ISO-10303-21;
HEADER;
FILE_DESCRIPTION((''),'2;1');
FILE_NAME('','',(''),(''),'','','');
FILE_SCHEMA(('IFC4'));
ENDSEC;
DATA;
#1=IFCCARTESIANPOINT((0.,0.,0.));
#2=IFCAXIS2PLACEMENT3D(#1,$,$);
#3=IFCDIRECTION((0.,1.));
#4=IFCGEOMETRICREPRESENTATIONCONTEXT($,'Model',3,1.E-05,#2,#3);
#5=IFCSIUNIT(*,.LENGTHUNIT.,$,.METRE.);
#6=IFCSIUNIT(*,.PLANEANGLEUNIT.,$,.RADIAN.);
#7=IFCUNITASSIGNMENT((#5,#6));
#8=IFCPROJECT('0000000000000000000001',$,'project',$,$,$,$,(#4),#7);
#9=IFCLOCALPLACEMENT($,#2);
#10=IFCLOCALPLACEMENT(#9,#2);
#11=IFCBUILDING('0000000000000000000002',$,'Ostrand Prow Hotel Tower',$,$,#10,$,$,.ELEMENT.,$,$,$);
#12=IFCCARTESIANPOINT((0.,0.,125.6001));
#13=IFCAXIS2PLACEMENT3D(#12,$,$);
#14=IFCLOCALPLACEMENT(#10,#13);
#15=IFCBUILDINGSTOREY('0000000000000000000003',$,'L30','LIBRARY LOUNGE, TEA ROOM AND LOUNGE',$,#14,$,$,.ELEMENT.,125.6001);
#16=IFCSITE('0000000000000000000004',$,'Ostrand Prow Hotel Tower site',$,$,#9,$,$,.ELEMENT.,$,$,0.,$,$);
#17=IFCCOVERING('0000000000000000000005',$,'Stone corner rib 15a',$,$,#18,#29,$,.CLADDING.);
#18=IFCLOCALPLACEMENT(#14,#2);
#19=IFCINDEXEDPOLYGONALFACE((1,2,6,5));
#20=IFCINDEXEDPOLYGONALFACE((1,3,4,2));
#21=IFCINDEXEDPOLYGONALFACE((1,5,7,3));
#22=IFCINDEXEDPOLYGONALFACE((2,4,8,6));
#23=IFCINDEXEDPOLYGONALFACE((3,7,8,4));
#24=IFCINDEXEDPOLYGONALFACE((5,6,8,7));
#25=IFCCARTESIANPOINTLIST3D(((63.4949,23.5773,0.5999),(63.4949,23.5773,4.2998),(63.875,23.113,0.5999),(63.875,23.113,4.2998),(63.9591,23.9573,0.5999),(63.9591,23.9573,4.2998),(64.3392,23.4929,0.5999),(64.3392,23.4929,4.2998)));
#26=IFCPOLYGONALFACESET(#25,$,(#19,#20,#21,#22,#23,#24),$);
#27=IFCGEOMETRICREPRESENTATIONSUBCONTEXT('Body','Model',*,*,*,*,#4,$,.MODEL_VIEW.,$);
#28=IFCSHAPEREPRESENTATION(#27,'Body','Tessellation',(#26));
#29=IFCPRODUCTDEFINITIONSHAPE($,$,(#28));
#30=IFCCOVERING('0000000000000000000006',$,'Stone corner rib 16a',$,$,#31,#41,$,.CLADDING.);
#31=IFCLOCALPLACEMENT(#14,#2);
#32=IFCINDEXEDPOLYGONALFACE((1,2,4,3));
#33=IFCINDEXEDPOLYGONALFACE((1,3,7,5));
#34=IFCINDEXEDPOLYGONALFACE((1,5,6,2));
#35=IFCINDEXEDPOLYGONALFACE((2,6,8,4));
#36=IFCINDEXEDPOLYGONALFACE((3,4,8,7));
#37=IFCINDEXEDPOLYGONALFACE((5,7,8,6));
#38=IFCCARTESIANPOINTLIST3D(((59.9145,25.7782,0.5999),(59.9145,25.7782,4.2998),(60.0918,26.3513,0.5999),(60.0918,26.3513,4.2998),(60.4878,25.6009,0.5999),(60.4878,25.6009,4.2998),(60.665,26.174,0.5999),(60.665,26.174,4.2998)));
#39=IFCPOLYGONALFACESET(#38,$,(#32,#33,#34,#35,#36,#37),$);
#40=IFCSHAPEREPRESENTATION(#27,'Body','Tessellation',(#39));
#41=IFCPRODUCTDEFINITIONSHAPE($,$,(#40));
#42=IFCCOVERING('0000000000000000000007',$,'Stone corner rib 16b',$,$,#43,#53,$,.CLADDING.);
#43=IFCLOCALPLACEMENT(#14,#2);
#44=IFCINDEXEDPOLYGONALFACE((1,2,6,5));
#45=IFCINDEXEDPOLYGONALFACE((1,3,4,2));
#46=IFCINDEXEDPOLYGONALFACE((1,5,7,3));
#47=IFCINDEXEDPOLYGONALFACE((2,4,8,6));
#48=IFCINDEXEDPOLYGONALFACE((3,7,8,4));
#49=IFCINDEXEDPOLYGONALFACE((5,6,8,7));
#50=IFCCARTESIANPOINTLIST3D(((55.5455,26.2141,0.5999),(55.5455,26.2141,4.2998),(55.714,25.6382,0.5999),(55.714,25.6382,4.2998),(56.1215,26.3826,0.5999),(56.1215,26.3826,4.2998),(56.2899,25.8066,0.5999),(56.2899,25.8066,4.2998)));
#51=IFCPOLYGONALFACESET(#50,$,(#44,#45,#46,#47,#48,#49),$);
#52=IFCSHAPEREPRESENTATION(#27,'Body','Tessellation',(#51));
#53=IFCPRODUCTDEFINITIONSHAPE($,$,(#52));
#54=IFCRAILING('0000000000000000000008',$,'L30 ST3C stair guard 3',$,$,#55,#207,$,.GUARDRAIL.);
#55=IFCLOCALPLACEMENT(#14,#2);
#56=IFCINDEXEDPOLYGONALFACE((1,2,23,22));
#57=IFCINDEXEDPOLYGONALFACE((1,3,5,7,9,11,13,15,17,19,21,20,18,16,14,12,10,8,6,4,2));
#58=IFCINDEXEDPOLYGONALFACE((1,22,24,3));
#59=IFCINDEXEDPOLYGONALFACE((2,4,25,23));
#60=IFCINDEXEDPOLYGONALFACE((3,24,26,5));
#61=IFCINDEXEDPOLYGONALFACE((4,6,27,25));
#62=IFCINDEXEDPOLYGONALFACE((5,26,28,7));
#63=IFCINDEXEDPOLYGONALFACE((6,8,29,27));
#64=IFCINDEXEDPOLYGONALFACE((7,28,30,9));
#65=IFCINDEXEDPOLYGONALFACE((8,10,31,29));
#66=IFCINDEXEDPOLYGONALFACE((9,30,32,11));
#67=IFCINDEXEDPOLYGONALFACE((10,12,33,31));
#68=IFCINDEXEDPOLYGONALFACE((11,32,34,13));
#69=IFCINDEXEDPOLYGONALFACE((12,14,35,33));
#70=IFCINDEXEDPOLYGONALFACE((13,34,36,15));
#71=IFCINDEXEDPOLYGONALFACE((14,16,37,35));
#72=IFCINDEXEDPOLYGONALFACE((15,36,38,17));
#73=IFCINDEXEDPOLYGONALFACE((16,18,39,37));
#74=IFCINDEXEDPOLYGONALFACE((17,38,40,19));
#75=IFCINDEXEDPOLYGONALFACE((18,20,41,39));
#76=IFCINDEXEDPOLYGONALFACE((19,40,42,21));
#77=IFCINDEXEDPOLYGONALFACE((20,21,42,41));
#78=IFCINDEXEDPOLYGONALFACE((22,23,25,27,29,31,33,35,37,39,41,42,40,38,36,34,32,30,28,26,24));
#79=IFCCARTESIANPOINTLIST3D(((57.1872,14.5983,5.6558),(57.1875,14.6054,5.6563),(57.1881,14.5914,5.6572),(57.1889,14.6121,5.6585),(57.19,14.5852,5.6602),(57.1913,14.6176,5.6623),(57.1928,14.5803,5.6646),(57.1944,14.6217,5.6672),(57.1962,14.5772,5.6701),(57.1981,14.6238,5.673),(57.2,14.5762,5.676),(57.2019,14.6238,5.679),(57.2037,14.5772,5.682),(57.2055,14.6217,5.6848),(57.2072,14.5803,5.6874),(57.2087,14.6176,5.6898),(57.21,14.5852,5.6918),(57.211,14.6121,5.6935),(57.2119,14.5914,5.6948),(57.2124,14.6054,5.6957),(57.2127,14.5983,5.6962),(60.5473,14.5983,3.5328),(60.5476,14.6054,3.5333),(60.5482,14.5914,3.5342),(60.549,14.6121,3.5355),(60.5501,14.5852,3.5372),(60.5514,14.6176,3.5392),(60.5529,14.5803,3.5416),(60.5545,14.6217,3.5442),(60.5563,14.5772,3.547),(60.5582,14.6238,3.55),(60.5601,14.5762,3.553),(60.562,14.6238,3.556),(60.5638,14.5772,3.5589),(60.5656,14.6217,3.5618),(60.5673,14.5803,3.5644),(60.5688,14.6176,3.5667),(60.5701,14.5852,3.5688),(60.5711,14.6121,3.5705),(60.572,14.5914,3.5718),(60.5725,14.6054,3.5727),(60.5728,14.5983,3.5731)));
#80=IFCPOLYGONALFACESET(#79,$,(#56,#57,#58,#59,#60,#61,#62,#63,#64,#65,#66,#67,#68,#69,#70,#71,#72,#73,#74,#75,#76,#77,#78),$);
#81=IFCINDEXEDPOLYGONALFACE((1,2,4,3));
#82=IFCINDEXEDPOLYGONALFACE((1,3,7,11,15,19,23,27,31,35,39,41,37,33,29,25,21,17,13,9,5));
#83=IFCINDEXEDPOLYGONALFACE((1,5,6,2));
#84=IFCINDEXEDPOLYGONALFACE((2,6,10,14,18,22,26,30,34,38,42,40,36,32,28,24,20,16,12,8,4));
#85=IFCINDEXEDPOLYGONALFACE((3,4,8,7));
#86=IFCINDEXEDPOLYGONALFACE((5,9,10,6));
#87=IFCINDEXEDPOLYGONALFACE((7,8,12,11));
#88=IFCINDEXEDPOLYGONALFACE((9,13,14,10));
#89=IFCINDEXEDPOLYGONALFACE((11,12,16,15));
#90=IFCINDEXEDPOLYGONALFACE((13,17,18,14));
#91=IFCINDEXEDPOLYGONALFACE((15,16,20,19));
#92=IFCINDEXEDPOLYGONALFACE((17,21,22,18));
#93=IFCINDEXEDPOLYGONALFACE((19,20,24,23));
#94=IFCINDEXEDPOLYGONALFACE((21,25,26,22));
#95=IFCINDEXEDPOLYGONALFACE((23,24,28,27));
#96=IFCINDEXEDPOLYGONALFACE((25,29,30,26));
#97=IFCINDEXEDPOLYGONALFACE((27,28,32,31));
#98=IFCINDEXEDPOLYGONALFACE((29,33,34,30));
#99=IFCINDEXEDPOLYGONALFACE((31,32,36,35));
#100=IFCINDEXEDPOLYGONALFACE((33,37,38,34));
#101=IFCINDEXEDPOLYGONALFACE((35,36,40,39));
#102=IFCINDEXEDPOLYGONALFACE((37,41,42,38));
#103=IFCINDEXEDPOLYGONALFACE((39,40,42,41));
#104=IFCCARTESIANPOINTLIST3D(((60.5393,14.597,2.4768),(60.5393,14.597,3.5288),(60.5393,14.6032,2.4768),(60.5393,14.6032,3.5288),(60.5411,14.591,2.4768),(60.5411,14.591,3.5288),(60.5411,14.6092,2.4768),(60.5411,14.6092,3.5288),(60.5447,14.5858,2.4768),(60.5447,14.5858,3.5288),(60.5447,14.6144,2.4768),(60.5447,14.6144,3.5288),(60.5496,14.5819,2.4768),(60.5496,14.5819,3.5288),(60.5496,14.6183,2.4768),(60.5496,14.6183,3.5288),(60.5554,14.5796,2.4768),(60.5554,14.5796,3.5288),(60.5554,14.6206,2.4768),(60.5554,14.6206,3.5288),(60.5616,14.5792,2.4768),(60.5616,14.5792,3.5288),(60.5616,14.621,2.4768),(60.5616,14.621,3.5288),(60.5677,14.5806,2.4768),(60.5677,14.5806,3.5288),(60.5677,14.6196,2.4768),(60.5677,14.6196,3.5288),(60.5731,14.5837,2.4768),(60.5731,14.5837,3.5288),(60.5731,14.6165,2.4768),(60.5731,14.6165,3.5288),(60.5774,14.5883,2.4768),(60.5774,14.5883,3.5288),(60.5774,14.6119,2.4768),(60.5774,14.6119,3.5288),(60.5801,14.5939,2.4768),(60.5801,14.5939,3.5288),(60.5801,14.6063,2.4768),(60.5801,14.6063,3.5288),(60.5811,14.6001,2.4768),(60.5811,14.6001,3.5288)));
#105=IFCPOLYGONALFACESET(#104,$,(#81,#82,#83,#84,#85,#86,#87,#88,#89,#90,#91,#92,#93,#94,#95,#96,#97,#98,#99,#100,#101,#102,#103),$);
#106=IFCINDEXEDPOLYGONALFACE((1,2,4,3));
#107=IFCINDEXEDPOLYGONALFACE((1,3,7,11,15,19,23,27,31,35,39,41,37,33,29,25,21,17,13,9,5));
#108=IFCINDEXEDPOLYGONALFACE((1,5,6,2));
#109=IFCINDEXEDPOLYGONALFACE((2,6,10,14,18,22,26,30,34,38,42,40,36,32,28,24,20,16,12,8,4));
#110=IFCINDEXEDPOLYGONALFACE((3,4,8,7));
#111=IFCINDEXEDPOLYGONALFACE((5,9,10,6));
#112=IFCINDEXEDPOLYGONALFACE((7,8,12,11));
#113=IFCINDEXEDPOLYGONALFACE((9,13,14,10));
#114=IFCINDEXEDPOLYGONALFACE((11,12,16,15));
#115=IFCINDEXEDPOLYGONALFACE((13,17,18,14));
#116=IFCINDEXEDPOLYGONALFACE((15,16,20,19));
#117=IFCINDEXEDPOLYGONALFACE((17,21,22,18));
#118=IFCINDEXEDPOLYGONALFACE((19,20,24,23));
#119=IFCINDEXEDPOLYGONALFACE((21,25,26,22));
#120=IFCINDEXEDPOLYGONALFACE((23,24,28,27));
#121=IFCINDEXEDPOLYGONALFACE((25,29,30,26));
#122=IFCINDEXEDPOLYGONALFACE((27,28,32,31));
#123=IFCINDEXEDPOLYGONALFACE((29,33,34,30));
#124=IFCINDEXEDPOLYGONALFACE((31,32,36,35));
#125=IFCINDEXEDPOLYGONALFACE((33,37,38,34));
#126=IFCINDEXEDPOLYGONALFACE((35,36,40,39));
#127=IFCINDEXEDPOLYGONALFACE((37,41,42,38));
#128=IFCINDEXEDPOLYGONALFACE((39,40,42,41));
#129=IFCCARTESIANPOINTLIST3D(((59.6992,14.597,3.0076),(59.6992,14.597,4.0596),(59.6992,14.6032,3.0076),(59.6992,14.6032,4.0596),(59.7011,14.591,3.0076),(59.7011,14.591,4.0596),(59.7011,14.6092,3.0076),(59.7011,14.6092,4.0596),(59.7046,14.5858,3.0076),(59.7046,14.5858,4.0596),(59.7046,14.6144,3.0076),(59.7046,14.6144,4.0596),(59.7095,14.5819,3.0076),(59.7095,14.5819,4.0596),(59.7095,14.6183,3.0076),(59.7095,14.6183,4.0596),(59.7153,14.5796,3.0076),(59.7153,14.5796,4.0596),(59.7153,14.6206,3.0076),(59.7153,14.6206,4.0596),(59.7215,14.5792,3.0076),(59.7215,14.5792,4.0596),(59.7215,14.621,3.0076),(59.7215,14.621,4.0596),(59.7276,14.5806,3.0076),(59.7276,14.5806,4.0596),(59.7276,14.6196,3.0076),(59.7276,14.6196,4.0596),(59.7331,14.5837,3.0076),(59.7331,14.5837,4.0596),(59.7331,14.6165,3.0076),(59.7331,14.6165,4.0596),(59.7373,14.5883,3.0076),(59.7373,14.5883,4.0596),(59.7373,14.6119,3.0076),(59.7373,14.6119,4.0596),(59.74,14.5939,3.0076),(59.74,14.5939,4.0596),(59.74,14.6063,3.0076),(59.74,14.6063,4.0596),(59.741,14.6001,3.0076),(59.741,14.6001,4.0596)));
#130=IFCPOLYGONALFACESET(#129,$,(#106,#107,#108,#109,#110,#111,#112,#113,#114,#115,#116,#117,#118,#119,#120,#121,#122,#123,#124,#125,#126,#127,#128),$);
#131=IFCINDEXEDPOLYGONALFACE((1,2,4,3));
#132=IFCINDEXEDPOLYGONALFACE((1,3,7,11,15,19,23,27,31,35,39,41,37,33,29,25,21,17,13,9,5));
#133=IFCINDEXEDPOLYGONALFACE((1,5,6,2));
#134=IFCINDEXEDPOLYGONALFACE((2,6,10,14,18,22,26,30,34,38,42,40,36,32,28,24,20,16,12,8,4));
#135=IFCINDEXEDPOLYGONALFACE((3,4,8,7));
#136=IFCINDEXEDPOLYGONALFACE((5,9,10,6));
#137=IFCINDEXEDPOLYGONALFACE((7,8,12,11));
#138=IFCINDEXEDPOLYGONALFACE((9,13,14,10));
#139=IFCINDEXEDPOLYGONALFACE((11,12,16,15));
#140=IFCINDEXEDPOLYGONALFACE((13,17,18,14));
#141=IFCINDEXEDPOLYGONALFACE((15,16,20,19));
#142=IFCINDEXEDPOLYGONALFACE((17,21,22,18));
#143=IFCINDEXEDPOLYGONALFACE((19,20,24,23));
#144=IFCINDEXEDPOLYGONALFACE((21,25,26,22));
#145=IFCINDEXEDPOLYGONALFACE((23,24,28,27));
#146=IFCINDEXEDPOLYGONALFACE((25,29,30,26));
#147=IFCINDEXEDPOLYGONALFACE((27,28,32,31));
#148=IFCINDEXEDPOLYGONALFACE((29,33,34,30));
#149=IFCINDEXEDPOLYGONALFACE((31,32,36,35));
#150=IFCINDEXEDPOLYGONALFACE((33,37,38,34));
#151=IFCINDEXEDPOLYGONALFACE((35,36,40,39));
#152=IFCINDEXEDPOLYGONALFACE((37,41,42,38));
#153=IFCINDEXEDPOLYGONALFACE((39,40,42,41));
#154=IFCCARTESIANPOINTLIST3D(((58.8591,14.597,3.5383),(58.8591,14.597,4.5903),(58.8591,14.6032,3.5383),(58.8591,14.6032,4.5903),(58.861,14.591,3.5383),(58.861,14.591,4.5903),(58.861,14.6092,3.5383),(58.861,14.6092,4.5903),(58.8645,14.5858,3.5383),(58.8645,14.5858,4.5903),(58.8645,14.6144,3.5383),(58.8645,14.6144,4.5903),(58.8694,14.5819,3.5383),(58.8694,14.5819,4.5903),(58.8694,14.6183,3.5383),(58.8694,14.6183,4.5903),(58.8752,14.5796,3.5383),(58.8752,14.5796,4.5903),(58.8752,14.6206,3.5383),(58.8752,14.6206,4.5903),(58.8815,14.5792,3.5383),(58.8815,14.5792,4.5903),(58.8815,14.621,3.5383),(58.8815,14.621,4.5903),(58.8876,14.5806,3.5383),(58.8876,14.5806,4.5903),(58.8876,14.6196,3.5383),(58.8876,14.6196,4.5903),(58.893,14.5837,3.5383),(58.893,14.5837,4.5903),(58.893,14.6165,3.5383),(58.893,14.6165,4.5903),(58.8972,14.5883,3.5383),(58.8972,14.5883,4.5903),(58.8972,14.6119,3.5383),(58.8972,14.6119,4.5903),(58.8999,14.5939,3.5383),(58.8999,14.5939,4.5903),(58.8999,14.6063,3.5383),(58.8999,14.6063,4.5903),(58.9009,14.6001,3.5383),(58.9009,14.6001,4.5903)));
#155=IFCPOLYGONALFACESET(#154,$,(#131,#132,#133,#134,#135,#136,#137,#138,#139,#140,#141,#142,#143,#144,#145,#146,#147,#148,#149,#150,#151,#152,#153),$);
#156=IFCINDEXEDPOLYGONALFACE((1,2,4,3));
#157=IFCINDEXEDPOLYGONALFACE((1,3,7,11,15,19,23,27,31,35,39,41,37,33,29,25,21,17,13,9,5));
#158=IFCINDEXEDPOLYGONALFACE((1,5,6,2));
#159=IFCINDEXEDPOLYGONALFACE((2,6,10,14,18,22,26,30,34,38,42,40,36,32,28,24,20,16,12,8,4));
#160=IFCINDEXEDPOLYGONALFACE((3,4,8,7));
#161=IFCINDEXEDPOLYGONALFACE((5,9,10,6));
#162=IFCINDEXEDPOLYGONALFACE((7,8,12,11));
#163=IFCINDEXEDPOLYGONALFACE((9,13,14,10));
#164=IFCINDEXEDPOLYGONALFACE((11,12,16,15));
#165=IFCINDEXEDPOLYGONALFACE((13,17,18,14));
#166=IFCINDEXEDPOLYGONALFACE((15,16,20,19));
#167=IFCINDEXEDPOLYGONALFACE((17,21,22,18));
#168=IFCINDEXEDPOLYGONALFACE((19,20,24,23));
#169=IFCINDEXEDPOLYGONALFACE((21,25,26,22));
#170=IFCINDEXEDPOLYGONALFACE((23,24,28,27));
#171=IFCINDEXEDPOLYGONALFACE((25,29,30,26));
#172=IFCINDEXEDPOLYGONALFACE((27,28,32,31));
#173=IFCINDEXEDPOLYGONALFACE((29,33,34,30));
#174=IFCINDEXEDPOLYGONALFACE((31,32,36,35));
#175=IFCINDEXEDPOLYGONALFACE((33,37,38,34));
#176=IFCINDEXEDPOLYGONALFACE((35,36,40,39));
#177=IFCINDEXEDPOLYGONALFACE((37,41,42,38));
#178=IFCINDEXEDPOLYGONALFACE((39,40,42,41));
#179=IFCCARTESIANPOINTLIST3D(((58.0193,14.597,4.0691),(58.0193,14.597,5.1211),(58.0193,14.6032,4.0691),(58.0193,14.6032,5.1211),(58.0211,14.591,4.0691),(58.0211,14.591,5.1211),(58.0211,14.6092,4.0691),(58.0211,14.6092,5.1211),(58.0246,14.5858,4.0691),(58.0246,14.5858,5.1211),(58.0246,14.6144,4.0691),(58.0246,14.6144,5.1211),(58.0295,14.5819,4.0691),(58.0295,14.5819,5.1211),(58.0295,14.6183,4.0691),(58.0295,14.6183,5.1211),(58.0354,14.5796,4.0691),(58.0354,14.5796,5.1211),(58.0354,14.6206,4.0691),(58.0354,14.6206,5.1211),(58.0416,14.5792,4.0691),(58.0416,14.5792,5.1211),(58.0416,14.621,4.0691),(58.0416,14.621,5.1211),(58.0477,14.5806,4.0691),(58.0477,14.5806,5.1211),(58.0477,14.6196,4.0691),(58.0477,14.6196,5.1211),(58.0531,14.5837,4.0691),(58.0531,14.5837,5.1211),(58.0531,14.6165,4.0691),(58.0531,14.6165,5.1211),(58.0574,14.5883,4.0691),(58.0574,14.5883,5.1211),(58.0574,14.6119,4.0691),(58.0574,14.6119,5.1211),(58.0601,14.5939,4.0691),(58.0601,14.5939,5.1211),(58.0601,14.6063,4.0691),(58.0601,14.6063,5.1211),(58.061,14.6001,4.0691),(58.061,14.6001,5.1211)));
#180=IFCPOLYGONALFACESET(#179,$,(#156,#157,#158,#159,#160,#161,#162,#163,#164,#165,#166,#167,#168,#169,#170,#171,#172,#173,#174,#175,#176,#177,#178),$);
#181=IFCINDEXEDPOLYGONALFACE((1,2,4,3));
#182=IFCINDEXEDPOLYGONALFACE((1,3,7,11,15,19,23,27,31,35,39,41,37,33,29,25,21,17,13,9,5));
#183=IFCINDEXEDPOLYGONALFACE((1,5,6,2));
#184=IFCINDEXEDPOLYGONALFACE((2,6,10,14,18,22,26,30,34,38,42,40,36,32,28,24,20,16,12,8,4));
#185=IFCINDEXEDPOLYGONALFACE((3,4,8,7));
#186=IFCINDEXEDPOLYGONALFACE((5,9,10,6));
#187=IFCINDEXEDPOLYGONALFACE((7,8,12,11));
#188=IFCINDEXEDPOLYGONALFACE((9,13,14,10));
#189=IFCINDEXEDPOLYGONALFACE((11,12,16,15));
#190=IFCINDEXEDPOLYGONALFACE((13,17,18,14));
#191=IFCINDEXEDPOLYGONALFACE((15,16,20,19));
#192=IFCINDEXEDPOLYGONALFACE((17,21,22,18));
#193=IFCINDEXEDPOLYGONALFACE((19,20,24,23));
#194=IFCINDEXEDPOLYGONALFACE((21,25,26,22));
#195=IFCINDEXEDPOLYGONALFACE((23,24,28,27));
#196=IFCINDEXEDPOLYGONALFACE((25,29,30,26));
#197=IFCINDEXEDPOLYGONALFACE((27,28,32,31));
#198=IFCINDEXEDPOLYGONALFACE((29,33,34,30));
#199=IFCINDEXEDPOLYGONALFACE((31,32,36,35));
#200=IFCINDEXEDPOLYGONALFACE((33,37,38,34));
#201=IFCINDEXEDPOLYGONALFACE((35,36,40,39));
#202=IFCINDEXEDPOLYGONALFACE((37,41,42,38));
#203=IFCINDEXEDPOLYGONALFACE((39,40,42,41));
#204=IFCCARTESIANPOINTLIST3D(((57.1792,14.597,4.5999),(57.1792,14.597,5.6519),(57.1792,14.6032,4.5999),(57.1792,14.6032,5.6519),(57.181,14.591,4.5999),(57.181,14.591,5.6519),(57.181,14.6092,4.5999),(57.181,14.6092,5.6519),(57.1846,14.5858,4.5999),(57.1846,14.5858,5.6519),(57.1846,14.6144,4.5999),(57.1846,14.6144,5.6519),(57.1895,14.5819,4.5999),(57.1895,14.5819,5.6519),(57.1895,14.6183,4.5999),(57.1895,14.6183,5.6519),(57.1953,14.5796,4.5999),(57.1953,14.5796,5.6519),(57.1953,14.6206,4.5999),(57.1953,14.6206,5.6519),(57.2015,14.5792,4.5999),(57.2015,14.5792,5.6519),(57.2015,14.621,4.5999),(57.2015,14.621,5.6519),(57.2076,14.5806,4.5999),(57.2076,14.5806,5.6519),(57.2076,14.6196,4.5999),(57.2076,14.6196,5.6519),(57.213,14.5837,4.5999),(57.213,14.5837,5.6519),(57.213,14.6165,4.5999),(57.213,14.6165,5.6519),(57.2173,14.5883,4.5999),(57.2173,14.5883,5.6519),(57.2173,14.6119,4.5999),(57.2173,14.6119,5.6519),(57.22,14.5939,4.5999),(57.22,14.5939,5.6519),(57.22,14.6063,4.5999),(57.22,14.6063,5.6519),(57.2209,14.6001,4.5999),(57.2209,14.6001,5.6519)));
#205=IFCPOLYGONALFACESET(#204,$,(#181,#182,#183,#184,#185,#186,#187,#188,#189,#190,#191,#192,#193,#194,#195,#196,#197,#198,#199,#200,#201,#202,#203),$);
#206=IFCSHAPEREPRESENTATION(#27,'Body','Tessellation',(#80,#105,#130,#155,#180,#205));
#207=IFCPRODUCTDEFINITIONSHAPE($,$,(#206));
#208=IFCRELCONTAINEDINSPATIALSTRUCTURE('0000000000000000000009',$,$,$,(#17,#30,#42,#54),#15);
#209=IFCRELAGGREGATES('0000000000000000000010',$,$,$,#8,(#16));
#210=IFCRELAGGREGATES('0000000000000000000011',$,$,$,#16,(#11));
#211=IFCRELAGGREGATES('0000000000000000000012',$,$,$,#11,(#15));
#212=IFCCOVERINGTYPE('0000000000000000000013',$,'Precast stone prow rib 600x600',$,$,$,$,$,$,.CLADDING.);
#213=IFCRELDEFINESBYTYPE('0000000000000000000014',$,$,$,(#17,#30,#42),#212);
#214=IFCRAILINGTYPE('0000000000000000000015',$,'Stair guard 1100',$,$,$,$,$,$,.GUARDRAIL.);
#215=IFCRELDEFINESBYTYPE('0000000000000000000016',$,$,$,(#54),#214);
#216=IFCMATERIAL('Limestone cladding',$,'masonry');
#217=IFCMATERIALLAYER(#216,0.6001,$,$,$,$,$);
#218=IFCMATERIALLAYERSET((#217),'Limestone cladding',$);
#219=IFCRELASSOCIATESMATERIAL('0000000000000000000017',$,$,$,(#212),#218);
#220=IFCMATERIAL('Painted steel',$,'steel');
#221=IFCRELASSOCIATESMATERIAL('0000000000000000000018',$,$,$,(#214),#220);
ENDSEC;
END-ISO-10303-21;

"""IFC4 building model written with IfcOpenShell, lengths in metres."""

from ifc_helpers import new_model, si_unit, direction, frame, frame_2d, origin, origin_2d, place, context, subcontext, project, spatial, rectangle, circle, extrude, material, layer, layer_set, type_object, element, save


model = new_model("IFC4")

# Units and contexts
model_context = context("Model", 3, precision=1e-05, world=origin(), true_north=direction((0.0, 1.0)))
body_context = subcontext(model_context, "Body", "Model", "MODEL_VIEW")
ifc_project = project(units=[si_unit("LENGTHUNIT", "METRE"), si_unit("PLANEANGLEUNIT", "RADIAN")], contexts=[model_context])

# Site, building, storey
site_placement = place(None, origin())
site = spatial("IfcSite", under=ifc_project, at=site_placement, Name="Ostrand Prow Hotel Tower site", CompositionType="ELEMENT", RefElevation=0.0)
building_placement = place(site_placement, origin())
building = spatial("IfcBuilding", under=site, at=building_placement, Name="Ostrand Prow Hotel Tower", CompositionType="ELEMENT")
storey_placement = place(building_placement, frame((0.0, 0.0, 125.6001)))
storey = spatial("IfcBuildingStorey", under=building, at=storey_placement, Name="L30", Description="LIBRARY LOUNGE, TEA ROOM AND LOUNGE", CompositionType="ELEMENT", Elevation=125.6001)

# Coverings
ifc_material_1 = material(Name="Limestone cladding", Category="masonry")
ifc_layer_1 = layer(ifc_material_1, 0.6001)
ifc_layer_set_1 = layer_set([ifc_layer_1], Name="Limestone cladding")
covering_type_1 = type_object("IfcCoveringType", Name="Precast stone prow rib 600x600", PredefinedType="CLADDING", material=ifc_layer_set_1)
for number, where, z_axis, x_axis, name in (
    (1, (63.6851, 23.3452, 0.5999), (0.0, 0.0, 1.0), (0.77383, 0.633393, 0.0), "Stone corner rib 15a"),
    (2, (60.2012, 25.6897, 0.5999), (0.0, 0.0, 1.0), (0.295516, 0.955338, 0.0), "Stone corner rib 16a"),
):
    element("IfcCovering", number, at=place(storey_placement, frame(where, z_axis=z_axis, x_axis=x_axis)), inside=storey, type_object=covering_type_1, Name=name, PredefinedType="CLADDING", context=body_context, shape_type="SweptSolid", body=[
        extrude(rectangle(XDim=0.5999, YDim=0.6001, at=frame_2d((0.2998, 0.0))), origin(), (0.0, 0.0, 1.0), 3.7),
    ])
covering_1_placement = place(storey_placement, frame((56.002, 25.7224, 0.5999), z_axis=(0.0, 0.0, 1.0), x_axis=(-0.280734, 0.959786, 0.0)))
element("IfcCovering", 3, at=covering_1_placement, inside=storey, type_object=covering_type_1, Name="Stone corner rib 16b", PredefinedType="CLADDING", context=body_context, shape_type="SweptSolid", body=[
    extrude(rectangle(XDim=0.6001, YDim=0.6001, at=frame_2d((0.3, 0.0))), origin(), (0.0, 0.0, 1.0), 3.7),
])

# Railing
ifc_material_2 = material(Name="Painted steel", Category="steel")
railing_type_1 = type_object("IfcRailingType", Name="Stair guard 1100", PredefinedType="GUARDRAIL", material=ifc_material_2)
railing_1_placement = place(storey_placement, frame((60.5601, 14.6001, 2.4768)))
element("IfcRailing", 4, at=railing_1_placement, inside=storey, type_object=railing_type_1, Name="L30 ST3C stair guard 3", PredefinedType="GUARDRAIL", context=body_context, shape_type="SweptSolid", body=[
    extrude(circle(Radius=0.0239, at=origin_2d()), frame((0.0, 0.0, 1.0762), z_axis=(-0.84539, 0.0, 0.53415), x_axis=(0.0, -1.0, 0.0)), (0.0, 0.0, 1.0), 3.9746),
    extrude(circle(Radius=0.021, at=origin_2d()), origin(), (0.0, 0.0, 1.0), 1.052),
    extrude(circle(Radius=0.021, at=origin_2d()), frame((-0.8401, 0.0, 0.5308)), (0.0, 0.0, 1.0), 1.052),
    extrude(circle(Radius=0.021, at=origin_2d()), frame((-1.6802, 0.0, 1.0615)), (0.0, 0.0, 1.0), 1.052),
    extrude(circle(Radius=0.021, at=origin_2d()), frame((-2.52, 0.0, 1.5923)), (0.0, 0.0, 1.0), 1.052),
    extrude(circle(Radius=0.021, at=origin_2d()), frame((-3.3601, 0.0, 2.123)), (0.0, 0.0, 1.0), 1.052),
])

save(model, "model.ifc")
